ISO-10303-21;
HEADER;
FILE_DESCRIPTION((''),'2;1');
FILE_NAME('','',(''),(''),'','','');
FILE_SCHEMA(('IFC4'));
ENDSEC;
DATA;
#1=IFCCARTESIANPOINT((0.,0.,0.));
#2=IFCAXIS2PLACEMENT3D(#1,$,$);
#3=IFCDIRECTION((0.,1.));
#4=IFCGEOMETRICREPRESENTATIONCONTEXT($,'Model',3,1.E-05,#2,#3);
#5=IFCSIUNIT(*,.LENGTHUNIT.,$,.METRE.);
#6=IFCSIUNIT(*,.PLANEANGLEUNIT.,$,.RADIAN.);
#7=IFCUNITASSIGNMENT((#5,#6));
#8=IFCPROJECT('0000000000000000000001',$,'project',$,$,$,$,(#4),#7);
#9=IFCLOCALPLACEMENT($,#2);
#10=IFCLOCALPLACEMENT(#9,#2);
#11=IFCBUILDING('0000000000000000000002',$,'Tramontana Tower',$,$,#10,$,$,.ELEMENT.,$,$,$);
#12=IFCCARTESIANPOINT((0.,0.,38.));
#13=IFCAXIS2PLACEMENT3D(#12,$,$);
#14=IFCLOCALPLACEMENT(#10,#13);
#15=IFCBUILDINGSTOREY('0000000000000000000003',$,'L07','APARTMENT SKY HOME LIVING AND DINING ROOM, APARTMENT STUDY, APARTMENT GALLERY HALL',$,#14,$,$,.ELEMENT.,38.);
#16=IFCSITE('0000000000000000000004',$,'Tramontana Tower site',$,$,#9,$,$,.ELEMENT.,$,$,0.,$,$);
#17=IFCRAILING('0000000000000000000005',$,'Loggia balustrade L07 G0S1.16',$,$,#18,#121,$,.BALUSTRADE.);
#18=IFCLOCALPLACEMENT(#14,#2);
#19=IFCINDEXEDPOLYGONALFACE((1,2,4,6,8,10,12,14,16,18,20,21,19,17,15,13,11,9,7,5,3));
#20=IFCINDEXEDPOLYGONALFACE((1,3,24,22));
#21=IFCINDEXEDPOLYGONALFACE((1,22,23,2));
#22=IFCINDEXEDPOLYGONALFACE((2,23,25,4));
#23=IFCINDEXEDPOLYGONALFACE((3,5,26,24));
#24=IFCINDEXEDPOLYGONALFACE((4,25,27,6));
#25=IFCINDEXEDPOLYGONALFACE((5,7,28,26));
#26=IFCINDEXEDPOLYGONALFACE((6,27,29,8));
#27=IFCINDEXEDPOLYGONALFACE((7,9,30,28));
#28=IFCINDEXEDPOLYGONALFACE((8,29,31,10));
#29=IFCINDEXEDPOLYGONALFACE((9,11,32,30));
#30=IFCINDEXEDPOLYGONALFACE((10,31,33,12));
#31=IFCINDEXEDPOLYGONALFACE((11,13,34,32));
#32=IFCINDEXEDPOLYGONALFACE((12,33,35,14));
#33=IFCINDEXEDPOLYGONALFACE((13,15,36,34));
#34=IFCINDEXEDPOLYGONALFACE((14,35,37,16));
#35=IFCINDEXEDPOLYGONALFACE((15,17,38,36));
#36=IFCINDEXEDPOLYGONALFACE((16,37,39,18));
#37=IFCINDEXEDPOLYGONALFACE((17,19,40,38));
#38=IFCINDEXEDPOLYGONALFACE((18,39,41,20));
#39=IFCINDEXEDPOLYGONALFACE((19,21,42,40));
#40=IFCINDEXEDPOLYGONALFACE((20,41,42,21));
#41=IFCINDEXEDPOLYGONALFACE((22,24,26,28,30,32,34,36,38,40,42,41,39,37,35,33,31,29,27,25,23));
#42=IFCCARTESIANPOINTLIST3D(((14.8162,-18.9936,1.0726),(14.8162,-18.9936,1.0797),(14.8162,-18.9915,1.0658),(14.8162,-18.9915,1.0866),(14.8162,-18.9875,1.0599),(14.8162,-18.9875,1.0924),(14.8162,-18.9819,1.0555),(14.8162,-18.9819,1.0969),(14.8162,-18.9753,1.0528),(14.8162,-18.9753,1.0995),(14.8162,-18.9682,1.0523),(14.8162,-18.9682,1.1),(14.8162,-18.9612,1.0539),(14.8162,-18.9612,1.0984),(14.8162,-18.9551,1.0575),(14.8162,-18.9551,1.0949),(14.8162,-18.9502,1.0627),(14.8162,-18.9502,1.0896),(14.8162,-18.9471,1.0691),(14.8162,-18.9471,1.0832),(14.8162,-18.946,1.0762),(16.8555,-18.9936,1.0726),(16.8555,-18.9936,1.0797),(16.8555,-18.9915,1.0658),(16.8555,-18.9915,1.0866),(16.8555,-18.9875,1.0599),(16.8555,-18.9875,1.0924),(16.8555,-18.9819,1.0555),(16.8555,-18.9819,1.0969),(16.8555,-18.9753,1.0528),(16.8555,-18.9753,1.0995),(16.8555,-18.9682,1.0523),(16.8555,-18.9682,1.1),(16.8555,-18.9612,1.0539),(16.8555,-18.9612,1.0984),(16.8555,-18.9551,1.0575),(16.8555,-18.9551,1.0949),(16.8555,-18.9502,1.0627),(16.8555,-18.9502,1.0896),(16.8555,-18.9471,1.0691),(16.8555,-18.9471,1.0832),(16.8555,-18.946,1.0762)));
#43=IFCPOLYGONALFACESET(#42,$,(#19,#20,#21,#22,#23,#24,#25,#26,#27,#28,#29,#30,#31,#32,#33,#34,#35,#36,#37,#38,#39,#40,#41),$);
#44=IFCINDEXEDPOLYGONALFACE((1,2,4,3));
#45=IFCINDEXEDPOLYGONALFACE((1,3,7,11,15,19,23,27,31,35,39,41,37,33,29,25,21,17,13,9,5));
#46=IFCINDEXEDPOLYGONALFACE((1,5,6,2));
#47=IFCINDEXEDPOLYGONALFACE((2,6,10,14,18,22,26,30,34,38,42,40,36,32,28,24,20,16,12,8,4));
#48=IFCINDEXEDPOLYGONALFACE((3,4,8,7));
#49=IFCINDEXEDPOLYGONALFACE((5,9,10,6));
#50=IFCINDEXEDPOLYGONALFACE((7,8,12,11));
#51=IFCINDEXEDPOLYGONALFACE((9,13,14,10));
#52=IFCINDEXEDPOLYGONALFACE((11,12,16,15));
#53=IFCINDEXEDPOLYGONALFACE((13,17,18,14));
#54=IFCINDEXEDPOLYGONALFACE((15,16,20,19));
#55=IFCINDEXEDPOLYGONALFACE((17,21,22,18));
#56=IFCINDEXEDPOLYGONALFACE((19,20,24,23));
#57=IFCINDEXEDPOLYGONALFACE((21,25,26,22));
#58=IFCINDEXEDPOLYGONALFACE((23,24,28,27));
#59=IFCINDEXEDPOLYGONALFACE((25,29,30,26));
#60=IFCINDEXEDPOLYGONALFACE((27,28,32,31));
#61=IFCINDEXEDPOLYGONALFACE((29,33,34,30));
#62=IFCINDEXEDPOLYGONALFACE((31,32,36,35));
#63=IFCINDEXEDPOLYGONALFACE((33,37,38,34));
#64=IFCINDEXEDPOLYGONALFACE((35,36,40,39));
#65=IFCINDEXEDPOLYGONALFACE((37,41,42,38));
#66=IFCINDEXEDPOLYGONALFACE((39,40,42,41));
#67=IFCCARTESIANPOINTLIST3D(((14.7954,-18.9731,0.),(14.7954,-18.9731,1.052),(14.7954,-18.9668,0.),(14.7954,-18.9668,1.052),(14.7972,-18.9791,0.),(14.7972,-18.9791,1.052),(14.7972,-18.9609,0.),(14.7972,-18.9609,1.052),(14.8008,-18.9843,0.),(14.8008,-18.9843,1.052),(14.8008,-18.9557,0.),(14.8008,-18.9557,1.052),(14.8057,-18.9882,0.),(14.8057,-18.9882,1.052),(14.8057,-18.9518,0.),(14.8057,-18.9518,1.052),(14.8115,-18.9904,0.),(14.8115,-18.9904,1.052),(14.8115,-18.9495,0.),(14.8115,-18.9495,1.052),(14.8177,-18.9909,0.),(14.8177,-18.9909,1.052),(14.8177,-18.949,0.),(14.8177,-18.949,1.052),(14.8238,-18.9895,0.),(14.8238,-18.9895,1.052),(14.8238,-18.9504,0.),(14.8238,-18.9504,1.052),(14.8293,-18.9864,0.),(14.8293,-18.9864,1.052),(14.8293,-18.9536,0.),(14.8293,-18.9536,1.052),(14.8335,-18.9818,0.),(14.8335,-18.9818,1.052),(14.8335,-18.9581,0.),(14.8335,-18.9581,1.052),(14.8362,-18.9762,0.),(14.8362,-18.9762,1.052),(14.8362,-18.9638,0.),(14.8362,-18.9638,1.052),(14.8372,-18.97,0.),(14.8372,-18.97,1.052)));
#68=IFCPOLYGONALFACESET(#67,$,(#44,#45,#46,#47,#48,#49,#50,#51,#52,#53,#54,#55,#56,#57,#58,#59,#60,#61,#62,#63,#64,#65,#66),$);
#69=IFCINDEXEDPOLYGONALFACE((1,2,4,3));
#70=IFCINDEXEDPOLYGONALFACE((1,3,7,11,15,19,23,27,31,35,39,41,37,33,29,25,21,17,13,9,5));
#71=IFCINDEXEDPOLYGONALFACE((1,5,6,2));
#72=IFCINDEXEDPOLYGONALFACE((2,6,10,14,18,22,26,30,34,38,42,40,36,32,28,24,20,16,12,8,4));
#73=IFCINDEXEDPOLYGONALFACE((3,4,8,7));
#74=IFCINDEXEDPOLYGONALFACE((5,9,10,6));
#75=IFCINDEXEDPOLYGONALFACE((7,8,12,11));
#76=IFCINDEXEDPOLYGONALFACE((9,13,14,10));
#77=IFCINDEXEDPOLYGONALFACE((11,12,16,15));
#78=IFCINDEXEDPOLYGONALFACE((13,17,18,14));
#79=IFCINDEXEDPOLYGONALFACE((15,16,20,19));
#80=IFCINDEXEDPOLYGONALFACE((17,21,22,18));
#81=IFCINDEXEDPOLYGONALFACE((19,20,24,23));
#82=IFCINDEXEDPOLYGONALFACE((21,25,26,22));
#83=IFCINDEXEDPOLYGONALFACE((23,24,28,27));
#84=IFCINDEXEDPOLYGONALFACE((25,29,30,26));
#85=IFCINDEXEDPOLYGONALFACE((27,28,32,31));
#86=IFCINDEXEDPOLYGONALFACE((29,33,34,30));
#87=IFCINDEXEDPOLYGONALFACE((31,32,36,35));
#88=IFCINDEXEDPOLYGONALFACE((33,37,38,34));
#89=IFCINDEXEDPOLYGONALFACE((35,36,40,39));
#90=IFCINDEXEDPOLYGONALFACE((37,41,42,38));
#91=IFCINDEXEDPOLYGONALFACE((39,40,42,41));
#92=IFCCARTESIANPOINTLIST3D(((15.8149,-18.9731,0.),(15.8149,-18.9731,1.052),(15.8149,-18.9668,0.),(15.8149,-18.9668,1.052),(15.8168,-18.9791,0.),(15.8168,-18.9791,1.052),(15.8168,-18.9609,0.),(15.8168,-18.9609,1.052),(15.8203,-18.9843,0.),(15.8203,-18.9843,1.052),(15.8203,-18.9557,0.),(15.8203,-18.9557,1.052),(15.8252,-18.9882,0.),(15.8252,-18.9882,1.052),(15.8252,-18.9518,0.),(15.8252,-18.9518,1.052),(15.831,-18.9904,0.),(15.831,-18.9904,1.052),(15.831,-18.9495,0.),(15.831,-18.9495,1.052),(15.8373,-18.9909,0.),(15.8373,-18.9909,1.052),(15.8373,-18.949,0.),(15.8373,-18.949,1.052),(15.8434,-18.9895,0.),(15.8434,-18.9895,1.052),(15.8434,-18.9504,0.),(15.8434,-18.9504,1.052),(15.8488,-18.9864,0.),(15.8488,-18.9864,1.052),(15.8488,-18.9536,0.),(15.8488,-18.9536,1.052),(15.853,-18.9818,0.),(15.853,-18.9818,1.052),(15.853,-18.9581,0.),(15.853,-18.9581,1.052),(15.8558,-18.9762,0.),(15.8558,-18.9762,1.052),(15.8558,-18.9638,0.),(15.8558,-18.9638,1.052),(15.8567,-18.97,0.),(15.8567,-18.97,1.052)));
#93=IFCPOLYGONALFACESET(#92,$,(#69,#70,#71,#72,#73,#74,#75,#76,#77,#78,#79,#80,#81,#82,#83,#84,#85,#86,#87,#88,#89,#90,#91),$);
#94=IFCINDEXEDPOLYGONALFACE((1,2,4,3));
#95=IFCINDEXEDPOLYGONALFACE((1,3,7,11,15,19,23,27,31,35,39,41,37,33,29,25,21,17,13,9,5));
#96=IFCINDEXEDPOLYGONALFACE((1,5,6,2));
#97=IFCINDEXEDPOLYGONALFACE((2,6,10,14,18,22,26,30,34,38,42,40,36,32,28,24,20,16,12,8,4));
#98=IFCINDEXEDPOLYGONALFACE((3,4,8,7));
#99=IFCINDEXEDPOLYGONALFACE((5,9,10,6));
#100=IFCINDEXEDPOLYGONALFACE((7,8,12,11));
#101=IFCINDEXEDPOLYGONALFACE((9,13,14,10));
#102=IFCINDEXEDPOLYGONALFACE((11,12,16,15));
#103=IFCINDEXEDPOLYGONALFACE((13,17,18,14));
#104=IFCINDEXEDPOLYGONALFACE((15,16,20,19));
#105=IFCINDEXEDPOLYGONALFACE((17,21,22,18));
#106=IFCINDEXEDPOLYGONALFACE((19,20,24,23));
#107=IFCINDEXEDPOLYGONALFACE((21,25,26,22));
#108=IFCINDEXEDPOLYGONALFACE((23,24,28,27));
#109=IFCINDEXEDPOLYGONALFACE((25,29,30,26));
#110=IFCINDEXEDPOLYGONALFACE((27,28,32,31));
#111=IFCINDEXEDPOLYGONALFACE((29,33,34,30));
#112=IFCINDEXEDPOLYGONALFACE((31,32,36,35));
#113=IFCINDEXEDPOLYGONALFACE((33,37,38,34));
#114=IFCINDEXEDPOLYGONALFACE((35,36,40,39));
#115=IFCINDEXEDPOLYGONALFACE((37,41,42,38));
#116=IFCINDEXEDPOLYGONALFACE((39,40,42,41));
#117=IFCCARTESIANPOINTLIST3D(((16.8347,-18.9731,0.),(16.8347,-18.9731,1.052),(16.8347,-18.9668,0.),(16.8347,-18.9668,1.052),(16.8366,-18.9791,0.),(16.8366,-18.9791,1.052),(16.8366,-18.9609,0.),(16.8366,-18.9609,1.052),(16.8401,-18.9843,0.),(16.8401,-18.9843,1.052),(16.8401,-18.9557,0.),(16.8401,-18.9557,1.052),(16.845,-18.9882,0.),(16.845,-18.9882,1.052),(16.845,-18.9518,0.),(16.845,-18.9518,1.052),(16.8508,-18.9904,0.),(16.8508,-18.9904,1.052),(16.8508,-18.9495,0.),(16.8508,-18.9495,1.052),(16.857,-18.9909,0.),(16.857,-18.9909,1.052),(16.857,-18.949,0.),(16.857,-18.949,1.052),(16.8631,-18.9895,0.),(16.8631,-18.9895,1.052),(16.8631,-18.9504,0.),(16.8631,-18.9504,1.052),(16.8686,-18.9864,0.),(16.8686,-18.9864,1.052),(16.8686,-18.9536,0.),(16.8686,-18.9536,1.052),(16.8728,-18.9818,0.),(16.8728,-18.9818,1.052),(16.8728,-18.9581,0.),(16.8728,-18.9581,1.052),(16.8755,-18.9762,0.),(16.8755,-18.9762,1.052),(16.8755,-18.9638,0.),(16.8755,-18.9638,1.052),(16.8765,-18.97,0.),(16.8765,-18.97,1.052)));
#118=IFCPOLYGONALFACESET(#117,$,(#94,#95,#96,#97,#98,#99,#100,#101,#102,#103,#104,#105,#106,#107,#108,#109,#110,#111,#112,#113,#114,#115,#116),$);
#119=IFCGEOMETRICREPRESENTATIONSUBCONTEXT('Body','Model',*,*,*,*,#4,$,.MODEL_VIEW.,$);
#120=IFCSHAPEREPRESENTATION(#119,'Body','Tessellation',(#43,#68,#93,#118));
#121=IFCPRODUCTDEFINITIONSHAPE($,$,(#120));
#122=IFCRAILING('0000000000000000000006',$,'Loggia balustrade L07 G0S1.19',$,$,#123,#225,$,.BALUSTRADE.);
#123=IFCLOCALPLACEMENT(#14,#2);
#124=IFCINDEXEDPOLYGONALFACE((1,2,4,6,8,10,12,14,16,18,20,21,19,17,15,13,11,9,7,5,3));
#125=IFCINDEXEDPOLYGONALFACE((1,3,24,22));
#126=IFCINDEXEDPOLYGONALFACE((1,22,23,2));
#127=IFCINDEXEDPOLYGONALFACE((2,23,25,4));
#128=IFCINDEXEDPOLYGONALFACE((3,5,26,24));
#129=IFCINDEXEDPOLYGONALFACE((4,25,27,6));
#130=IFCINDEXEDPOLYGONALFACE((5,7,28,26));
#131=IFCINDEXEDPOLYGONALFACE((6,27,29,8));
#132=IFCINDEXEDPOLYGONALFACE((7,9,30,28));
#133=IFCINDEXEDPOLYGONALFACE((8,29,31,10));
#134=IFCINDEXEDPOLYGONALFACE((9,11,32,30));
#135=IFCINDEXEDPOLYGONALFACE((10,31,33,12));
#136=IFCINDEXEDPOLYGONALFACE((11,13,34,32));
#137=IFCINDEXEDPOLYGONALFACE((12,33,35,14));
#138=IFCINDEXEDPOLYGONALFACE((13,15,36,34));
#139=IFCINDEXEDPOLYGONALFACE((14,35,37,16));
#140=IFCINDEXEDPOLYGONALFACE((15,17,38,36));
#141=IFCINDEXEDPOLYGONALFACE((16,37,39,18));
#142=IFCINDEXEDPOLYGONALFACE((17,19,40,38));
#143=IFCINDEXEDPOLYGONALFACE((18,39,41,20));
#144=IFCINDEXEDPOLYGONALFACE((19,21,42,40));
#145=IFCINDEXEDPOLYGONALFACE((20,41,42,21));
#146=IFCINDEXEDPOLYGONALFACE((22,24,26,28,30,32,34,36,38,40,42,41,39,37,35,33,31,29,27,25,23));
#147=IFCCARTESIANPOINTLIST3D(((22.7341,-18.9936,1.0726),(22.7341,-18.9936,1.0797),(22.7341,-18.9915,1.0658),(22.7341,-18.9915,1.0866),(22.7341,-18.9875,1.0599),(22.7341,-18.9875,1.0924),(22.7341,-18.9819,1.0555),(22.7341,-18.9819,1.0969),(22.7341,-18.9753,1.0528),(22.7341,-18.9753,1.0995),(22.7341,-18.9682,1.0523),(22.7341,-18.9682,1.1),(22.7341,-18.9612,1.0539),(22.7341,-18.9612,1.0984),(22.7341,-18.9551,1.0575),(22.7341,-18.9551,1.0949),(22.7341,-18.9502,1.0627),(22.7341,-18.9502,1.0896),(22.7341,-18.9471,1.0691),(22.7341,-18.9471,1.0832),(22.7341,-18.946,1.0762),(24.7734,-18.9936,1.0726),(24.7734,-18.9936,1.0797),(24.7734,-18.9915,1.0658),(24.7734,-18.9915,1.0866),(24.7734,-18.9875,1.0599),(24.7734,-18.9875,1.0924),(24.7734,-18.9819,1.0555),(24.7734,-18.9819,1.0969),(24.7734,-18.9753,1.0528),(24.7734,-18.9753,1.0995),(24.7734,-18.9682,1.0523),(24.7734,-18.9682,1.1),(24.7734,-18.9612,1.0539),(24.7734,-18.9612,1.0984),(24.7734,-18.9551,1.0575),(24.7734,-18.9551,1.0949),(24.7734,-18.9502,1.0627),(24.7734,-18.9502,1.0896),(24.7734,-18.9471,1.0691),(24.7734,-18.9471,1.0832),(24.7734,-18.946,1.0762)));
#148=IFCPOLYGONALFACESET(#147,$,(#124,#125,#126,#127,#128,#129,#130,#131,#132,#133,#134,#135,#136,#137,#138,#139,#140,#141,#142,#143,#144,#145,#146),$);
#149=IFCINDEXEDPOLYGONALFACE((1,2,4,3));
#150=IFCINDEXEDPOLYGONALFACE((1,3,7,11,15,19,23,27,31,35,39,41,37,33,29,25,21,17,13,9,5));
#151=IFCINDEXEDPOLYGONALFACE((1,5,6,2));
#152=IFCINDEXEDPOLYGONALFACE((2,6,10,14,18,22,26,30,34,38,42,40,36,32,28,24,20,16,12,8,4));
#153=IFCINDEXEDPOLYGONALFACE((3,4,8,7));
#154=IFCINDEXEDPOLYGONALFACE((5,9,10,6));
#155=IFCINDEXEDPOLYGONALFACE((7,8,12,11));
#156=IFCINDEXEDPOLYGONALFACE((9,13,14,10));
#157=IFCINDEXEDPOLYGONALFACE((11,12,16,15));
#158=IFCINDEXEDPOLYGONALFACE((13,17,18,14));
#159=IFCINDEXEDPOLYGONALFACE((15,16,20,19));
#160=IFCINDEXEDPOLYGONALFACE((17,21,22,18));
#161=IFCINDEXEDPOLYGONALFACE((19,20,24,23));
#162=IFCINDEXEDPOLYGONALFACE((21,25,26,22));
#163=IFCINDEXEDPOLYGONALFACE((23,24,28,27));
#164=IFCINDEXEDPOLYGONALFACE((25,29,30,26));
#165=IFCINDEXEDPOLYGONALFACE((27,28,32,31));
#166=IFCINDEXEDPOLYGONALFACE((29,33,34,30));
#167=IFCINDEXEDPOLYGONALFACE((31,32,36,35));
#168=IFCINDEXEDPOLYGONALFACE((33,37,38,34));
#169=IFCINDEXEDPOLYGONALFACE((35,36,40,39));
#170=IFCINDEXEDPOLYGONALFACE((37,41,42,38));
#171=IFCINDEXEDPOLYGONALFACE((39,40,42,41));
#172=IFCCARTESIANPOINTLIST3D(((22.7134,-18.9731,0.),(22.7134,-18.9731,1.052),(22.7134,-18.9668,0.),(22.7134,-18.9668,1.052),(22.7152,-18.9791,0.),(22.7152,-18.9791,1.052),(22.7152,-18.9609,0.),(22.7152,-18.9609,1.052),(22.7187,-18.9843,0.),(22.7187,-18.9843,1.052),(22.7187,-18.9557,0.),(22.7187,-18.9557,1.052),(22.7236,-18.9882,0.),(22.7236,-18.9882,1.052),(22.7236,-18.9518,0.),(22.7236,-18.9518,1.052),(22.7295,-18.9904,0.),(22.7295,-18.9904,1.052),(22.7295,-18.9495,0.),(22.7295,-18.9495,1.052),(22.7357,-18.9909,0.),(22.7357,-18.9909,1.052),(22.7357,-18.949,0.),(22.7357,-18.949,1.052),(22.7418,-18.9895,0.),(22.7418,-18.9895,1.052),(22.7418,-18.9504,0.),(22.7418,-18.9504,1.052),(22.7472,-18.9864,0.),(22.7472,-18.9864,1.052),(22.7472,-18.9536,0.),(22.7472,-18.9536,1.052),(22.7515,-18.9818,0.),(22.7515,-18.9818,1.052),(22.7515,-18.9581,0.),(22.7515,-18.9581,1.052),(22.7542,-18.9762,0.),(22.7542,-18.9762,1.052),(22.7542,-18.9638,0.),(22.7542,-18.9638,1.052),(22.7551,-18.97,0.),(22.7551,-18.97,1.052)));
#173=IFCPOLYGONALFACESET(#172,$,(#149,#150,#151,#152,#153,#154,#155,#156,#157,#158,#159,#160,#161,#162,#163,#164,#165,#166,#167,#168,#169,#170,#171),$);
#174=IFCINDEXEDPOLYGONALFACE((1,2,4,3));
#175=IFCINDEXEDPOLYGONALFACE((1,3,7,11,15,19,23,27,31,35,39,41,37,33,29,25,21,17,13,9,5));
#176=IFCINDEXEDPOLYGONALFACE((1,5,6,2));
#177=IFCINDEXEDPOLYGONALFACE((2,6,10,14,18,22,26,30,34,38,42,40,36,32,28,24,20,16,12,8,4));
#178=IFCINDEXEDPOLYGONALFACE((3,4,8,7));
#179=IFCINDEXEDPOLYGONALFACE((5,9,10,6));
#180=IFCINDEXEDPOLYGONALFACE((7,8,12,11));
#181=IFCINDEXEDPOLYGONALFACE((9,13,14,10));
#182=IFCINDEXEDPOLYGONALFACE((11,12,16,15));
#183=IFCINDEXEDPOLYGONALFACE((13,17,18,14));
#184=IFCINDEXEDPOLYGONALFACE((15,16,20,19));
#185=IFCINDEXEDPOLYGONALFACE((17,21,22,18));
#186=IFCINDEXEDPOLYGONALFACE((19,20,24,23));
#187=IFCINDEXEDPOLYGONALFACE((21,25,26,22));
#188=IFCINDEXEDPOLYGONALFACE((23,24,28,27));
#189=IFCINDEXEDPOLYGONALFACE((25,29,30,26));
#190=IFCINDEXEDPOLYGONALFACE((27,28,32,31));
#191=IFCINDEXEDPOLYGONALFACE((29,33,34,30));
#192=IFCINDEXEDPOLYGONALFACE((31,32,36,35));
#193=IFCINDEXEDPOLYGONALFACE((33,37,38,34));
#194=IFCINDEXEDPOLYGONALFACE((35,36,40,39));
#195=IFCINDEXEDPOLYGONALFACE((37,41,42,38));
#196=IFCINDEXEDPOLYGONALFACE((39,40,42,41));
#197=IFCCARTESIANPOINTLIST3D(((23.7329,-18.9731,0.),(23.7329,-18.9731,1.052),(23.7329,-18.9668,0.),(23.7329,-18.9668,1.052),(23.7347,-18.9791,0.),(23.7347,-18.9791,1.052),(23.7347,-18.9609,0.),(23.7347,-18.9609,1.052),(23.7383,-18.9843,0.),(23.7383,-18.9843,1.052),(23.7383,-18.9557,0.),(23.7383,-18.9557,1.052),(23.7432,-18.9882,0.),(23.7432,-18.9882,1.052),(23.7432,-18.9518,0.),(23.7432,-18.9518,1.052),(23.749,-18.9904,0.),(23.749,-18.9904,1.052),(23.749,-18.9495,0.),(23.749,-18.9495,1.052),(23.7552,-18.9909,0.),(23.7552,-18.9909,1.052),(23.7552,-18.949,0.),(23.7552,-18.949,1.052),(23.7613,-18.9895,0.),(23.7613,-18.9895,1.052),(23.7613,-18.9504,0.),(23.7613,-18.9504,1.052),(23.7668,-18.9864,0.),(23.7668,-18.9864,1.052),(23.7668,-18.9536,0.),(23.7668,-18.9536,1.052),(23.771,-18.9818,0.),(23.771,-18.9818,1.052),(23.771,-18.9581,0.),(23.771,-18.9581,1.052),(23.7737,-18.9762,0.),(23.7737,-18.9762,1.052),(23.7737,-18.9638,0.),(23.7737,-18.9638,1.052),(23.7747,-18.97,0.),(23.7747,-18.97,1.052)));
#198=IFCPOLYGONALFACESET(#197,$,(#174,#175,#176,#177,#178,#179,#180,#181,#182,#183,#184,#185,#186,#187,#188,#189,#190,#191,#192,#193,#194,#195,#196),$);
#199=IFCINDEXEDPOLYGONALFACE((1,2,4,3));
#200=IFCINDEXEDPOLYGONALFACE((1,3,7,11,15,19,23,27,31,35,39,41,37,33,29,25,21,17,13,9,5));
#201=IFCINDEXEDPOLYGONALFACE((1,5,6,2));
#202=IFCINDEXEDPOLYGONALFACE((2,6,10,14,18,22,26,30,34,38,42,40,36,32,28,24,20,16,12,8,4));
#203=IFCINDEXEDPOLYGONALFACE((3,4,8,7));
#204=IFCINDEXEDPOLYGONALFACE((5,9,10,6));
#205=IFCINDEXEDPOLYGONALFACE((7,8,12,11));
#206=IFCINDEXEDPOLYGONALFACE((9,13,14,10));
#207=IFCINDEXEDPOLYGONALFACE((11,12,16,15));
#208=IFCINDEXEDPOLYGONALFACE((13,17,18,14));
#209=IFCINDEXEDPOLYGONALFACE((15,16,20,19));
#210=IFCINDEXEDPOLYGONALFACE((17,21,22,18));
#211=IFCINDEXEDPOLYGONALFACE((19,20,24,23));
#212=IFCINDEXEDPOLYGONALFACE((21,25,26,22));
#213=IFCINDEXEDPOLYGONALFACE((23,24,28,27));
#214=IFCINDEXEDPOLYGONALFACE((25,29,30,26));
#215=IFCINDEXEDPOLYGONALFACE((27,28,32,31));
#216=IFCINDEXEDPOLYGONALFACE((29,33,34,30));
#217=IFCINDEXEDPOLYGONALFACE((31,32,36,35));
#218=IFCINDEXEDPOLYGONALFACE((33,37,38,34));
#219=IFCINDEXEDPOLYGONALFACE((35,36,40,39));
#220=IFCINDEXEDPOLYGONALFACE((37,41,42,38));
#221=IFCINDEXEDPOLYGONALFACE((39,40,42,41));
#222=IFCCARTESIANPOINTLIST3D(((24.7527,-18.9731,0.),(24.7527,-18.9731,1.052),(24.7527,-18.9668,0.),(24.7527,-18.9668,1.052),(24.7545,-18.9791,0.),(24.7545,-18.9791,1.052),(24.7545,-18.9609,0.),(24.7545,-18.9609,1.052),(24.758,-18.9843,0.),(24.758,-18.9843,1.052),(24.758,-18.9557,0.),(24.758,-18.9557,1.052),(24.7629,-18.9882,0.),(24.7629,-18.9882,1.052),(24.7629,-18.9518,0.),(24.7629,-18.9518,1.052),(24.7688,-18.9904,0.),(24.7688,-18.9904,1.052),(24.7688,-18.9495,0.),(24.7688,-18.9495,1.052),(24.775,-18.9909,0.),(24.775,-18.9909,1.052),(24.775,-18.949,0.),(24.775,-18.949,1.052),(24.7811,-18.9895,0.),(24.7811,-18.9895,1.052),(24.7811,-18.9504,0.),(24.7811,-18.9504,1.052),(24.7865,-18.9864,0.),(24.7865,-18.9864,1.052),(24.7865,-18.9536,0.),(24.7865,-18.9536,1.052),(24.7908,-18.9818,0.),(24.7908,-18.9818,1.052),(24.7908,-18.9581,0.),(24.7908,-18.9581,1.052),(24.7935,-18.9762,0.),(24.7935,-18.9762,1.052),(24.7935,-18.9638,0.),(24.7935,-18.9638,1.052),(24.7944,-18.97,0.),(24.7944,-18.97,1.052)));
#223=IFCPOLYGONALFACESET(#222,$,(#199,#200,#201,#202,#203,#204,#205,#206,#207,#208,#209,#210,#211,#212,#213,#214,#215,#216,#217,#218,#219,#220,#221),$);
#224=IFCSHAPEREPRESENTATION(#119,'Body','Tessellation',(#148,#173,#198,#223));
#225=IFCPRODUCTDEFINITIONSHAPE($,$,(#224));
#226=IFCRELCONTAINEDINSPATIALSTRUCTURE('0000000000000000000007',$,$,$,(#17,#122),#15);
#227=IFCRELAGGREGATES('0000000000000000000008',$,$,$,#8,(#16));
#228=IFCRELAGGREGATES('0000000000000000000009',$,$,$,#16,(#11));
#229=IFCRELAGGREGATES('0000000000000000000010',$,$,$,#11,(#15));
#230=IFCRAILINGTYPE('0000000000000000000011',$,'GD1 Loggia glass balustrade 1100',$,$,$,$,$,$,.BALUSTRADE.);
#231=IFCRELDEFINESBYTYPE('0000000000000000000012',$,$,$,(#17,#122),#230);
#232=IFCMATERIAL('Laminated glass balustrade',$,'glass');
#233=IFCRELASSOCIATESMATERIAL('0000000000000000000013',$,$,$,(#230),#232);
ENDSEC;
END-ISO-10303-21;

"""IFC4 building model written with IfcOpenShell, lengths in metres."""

from ifc_helpers import new_model, si_unit, direction, frame, origin, origin_2d, place, context, subcontext, project, spatial, circle, extrude, material, type_object, element, save


model = new_model("IFC4")

# Units and contexts
model_context = context("Model", 3, precision=1e-05, world=origin(), true_north=direction((0.0, 1.0)))
body_context = subcontext(model_context, "Body", "Model", "MODEL_VIEW")
ifc_project = project(units=[si_unit("LENGTHUNIT", "METRE"), si_unit("PLANEANGLEUNIT", "RADIAN")], contexts=[model_context])

# Site, building, storey
site_placement = place(None, origin())
site = spatial("IfcSite", under=ifc_project, at=site_placement, Name="Tramontana Tower site", CompositionType="ELEMENT", RefElevation=0.0)
building_placement = place(site_placement, origin())
building = spatial("IfcBuilding", under=site, at=building_placement, Name="Tramontana Tower", CompositionType="ELEMENT")
storey_placement = place(building_placement, frame((0.0, 0.0, 38.0)))
storey = spatial("IfcBuildingStorey", under=building, at=storey_placement, Name="L07", Description="APARTMENT SKY HOME LIVING AND DINING ROOM, APARTMENT STUDY, APARTMENT GALLERY HALL", CompositionType="ELEMENT", Elevation=38.0)

# Railings
ifc_material_1 = material(Name="Laminated glass balustrade", Category="glass")
railing_type = type_object("IfcRailingType", Name="GD1 Loggia glass balustrade 1100", PredefinedType="BALUSTRADE", material=ifc_material_1)
for number, where, name in (
    (1, (14.8162, -18.97, 0.0), "Loggia balustrade L07 G0S1.16"),
    (2, (22.7341, -18.97, 0.0), "Loggia balustrade L07 G0S1.19"),
):
    element("IfcRailing", number, at=place(storey_placement, frame(where)), inside=storey, type_object=railing_type, Name=name, PredefinedType="BALUSTRADE", context=body_context, shape_type="SweptSolid", body=[
        extrude(circle(Radius=0.0239, at=origin_2d()), frame((0.0, 0.0, 1.0762), z_axis=(1.0, 0.0, 0.0), x_axis=(0.0, 1.0, 0.0)), (0.0, 0.0, 1.0), 2.0393),
        extrude(circle(Radius=0.021, at=origin_2d()), origin(), (0.0, 0.0, 1.0), 1.052),
        extrude(circle(Radius=0.021, at=origin_2d()), frame((1.0195, 0.0, 0.0)), (0.0, 0.0, 1.0), 1.052),
        extrude(circle(Radius=0.021, at=origin_2d()), frame((2.0393, 0.0, 0.0)), (0.0, 0.0, 1.0), 1.052),
    ])

save(model, "model.ifc")
